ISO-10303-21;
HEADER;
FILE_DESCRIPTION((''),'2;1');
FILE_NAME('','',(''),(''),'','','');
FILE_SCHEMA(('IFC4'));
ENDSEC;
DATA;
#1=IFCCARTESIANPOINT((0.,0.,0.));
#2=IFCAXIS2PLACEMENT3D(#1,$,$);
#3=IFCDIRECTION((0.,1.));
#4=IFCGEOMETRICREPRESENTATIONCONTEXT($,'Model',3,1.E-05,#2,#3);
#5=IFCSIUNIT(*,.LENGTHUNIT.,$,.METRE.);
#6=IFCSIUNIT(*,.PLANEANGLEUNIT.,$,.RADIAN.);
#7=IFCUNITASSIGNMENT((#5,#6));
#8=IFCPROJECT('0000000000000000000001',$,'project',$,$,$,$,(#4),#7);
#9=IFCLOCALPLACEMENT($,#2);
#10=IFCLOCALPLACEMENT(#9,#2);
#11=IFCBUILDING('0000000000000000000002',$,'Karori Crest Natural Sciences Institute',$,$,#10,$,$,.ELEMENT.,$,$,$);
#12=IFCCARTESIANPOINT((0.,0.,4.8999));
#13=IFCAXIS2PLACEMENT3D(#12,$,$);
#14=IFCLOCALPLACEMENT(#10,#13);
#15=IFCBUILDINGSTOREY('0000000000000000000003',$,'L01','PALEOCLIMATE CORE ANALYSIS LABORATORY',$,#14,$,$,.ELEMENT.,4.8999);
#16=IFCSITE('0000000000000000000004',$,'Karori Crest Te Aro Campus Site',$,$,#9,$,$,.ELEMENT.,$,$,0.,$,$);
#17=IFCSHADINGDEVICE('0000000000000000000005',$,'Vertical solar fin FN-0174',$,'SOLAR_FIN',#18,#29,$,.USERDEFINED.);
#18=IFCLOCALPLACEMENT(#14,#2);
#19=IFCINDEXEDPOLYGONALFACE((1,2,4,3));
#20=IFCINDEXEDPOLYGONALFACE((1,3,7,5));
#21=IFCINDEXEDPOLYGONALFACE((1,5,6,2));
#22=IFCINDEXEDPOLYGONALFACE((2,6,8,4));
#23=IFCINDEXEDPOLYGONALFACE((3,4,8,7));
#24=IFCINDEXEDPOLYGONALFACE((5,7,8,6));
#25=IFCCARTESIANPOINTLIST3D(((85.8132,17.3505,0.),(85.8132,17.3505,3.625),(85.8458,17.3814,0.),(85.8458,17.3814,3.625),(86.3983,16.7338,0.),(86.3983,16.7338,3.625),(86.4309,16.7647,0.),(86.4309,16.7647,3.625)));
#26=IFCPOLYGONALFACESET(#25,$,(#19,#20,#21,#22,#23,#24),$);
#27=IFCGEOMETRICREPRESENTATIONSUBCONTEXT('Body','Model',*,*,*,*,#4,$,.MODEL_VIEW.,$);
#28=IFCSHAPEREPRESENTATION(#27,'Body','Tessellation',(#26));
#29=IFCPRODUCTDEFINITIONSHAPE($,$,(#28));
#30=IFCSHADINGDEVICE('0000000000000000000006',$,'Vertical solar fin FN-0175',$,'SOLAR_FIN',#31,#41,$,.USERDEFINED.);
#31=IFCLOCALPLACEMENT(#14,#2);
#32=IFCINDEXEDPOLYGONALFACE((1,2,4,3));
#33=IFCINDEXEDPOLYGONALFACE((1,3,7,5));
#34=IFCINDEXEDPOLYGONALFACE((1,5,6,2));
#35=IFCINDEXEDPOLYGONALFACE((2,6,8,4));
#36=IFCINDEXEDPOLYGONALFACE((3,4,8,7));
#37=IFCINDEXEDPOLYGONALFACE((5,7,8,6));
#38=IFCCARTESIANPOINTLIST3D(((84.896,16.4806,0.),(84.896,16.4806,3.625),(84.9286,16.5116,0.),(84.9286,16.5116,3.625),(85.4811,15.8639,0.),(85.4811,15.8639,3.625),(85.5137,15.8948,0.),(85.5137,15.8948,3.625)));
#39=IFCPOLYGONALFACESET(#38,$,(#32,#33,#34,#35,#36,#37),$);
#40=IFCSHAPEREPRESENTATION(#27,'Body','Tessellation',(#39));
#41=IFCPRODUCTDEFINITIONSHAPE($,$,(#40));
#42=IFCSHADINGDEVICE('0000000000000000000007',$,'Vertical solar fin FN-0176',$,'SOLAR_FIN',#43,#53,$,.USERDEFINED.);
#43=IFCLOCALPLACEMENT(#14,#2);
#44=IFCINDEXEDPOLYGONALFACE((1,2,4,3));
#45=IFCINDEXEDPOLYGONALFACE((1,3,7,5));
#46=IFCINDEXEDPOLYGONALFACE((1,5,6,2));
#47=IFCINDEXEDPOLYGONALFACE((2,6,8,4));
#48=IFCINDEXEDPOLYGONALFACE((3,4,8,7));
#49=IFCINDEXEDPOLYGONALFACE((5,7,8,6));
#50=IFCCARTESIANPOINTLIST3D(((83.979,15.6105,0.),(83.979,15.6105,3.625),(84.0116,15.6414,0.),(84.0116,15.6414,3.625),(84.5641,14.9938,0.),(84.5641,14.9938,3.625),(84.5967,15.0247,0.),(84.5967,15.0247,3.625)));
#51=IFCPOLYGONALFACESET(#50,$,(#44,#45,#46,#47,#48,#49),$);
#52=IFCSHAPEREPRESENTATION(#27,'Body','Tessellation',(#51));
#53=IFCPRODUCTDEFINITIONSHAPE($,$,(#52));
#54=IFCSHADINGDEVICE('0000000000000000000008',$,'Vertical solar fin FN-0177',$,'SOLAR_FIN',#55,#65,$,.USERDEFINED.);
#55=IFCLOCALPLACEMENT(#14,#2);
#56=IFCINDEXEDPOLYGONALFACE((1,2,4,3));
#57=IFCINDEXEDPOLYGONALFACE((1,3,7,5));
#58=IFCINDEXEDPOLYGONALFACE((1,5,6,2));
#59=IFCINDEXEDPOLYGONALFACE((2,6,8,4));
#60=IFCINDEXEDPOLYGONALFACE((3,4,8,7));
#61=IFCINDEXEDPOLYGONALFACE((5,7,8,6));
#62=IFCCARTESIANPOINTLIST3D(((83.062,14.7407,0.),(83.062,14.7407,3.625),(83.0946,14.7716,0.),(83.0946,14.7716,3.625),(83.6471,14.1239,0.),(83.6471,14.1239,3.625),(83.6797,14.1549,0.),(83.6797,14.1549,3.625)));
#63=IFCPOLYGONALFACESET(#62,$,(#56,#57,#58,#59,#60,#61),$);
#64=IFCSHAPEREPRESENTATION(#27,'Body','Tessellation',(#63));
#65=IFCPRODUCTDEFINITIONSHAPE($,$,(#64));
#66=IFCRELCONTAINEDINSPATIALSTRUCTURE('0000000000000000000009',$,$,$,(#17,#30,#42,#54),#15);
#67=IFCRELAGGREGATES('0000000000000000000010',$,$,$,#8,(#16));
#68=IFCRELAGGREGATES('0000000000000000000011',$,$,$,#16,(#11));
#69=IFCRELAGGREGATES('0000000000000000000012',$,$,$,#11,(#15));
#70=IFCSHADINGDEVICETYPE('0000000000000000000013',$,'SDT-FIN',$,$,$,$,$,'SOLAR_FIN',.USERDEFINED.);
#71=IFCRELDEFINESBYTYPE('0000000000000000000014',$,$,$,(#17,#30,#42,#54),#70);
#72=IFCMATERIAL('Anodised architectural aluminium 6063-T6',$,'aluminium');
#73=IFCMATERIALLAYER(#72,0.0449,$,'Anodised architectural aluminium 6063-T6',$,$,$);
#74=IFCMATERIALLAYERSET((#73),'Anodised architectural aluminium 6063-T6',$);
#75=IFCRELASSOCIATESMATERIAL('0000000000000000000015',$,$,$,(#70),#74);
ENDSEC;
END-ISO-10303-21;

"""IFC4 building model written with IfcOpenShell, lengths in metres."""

from ifc_helpers import new_model, si_unit, direction, frame, origin, origin_2d, place, context, subcontext, project, spatial, rectangle, extrude, material, layer, layer_set, type_object, element, save


model = new_model("IFC4")

# Units and contexts
model_context = context("Model", 3, precision=1e-05, world=origin(), true_north=direction((0.0, 1.0)))
body_context = subcontext(model_context, "Body", "Model", "MODEL_VIEW")
ifc_project = project(units=[si_unit("LENGTHUNIT", "METRE"), si_unit("PLANEANGLEUNIT", "RADIAN")], contexts=[model_context])

# Site, building, storey
site_placement = place(None, origin())
site = spatial("IfcSite", under=ifc_project, at=site_placement, Name="Karori Crest Te Aro Campus Site", CompositionType="ELEMENT", RefElevation=0.0)
building_placement = place(site_placement, origin())
building = spatial("IfcBuilding", under=site, at=building_placement, Name="Karori Crest Natural Sciences Institute", CompositionType="ELEMENT")
storey_placement = place(building_placement, frame((0.0, 0.0, 4.8999)))
storey = spatial("IfcBuildingStorey", under=building, at=storey_placement, Name="L01", Description="PALEOCLIMATE CORE ANALYSIS LABORATORY", CompositionType="ELEMENT", Elevation=4.8999)

# Shared definitions
ifc_material_1 = material(Name="Anodised architectural aluminium 6063-T6", Category="aluminium")

# Shading devices
ifc_layer_1 = layer(ifc_material_1, 0.0449, Name="Anodised architectural aluminium 6063-T6")
ifc_layer_set_1 = layer_set([ifc_layer_1], Name="Anodised architectural aluminium 6063-T6")
shading_device_type = type_object("IfcShadingDeviceType", Name="SDT-FIN", ElementType="SOLAR_FIN", PredefinedType="USERDEFINED", material=ifc_layer_set_1)
for number, where, z_axis, x_axis, name in (
    (1, (86.1221, 17.0576, 0.0), (0.0, 0.0, 1.0), (0.688251, -0.725473, 0.0), "Vertical solar fin FN-0174"),
    (2, (85.2048, 16.1877, 0.0), (0.0, 0.0, 1.0), (0.688251, -0.725473, 0.0), "Vertical solar fin FN-0175"),
    (3, (84.2878, 15.3176, 0.0), (0.0, 0.0, 1.0), (0.688251, -0.725473, 0.0), "Vertical solar fin FN-0176"),
    (4, (83.3708, 14.4478, 0.0), (0.0, 0.0, 1.0), (0.688251, -0.725473, 0.0), "Vertical solar fin FN-0177"),
):
    element("IfcShadingDevice", number, at=place(storey_placement, frame(where, z_axis=z_axis, x_axis=x_axis)), inside=storey, type_object=shading_device_type, Name=name, ObjectType="SOLAR_FIN", PredefinedType="USERDEFINED", context=body_context, shape_type="SweptSolid", body=[
        extrude(rectangle(XDim=0.8501, YDim=0.0449, at=origin_2d()), origin(), (0.0, 0.0, 1.0), 3.625),
    ])

save(model, "model.ifc")
